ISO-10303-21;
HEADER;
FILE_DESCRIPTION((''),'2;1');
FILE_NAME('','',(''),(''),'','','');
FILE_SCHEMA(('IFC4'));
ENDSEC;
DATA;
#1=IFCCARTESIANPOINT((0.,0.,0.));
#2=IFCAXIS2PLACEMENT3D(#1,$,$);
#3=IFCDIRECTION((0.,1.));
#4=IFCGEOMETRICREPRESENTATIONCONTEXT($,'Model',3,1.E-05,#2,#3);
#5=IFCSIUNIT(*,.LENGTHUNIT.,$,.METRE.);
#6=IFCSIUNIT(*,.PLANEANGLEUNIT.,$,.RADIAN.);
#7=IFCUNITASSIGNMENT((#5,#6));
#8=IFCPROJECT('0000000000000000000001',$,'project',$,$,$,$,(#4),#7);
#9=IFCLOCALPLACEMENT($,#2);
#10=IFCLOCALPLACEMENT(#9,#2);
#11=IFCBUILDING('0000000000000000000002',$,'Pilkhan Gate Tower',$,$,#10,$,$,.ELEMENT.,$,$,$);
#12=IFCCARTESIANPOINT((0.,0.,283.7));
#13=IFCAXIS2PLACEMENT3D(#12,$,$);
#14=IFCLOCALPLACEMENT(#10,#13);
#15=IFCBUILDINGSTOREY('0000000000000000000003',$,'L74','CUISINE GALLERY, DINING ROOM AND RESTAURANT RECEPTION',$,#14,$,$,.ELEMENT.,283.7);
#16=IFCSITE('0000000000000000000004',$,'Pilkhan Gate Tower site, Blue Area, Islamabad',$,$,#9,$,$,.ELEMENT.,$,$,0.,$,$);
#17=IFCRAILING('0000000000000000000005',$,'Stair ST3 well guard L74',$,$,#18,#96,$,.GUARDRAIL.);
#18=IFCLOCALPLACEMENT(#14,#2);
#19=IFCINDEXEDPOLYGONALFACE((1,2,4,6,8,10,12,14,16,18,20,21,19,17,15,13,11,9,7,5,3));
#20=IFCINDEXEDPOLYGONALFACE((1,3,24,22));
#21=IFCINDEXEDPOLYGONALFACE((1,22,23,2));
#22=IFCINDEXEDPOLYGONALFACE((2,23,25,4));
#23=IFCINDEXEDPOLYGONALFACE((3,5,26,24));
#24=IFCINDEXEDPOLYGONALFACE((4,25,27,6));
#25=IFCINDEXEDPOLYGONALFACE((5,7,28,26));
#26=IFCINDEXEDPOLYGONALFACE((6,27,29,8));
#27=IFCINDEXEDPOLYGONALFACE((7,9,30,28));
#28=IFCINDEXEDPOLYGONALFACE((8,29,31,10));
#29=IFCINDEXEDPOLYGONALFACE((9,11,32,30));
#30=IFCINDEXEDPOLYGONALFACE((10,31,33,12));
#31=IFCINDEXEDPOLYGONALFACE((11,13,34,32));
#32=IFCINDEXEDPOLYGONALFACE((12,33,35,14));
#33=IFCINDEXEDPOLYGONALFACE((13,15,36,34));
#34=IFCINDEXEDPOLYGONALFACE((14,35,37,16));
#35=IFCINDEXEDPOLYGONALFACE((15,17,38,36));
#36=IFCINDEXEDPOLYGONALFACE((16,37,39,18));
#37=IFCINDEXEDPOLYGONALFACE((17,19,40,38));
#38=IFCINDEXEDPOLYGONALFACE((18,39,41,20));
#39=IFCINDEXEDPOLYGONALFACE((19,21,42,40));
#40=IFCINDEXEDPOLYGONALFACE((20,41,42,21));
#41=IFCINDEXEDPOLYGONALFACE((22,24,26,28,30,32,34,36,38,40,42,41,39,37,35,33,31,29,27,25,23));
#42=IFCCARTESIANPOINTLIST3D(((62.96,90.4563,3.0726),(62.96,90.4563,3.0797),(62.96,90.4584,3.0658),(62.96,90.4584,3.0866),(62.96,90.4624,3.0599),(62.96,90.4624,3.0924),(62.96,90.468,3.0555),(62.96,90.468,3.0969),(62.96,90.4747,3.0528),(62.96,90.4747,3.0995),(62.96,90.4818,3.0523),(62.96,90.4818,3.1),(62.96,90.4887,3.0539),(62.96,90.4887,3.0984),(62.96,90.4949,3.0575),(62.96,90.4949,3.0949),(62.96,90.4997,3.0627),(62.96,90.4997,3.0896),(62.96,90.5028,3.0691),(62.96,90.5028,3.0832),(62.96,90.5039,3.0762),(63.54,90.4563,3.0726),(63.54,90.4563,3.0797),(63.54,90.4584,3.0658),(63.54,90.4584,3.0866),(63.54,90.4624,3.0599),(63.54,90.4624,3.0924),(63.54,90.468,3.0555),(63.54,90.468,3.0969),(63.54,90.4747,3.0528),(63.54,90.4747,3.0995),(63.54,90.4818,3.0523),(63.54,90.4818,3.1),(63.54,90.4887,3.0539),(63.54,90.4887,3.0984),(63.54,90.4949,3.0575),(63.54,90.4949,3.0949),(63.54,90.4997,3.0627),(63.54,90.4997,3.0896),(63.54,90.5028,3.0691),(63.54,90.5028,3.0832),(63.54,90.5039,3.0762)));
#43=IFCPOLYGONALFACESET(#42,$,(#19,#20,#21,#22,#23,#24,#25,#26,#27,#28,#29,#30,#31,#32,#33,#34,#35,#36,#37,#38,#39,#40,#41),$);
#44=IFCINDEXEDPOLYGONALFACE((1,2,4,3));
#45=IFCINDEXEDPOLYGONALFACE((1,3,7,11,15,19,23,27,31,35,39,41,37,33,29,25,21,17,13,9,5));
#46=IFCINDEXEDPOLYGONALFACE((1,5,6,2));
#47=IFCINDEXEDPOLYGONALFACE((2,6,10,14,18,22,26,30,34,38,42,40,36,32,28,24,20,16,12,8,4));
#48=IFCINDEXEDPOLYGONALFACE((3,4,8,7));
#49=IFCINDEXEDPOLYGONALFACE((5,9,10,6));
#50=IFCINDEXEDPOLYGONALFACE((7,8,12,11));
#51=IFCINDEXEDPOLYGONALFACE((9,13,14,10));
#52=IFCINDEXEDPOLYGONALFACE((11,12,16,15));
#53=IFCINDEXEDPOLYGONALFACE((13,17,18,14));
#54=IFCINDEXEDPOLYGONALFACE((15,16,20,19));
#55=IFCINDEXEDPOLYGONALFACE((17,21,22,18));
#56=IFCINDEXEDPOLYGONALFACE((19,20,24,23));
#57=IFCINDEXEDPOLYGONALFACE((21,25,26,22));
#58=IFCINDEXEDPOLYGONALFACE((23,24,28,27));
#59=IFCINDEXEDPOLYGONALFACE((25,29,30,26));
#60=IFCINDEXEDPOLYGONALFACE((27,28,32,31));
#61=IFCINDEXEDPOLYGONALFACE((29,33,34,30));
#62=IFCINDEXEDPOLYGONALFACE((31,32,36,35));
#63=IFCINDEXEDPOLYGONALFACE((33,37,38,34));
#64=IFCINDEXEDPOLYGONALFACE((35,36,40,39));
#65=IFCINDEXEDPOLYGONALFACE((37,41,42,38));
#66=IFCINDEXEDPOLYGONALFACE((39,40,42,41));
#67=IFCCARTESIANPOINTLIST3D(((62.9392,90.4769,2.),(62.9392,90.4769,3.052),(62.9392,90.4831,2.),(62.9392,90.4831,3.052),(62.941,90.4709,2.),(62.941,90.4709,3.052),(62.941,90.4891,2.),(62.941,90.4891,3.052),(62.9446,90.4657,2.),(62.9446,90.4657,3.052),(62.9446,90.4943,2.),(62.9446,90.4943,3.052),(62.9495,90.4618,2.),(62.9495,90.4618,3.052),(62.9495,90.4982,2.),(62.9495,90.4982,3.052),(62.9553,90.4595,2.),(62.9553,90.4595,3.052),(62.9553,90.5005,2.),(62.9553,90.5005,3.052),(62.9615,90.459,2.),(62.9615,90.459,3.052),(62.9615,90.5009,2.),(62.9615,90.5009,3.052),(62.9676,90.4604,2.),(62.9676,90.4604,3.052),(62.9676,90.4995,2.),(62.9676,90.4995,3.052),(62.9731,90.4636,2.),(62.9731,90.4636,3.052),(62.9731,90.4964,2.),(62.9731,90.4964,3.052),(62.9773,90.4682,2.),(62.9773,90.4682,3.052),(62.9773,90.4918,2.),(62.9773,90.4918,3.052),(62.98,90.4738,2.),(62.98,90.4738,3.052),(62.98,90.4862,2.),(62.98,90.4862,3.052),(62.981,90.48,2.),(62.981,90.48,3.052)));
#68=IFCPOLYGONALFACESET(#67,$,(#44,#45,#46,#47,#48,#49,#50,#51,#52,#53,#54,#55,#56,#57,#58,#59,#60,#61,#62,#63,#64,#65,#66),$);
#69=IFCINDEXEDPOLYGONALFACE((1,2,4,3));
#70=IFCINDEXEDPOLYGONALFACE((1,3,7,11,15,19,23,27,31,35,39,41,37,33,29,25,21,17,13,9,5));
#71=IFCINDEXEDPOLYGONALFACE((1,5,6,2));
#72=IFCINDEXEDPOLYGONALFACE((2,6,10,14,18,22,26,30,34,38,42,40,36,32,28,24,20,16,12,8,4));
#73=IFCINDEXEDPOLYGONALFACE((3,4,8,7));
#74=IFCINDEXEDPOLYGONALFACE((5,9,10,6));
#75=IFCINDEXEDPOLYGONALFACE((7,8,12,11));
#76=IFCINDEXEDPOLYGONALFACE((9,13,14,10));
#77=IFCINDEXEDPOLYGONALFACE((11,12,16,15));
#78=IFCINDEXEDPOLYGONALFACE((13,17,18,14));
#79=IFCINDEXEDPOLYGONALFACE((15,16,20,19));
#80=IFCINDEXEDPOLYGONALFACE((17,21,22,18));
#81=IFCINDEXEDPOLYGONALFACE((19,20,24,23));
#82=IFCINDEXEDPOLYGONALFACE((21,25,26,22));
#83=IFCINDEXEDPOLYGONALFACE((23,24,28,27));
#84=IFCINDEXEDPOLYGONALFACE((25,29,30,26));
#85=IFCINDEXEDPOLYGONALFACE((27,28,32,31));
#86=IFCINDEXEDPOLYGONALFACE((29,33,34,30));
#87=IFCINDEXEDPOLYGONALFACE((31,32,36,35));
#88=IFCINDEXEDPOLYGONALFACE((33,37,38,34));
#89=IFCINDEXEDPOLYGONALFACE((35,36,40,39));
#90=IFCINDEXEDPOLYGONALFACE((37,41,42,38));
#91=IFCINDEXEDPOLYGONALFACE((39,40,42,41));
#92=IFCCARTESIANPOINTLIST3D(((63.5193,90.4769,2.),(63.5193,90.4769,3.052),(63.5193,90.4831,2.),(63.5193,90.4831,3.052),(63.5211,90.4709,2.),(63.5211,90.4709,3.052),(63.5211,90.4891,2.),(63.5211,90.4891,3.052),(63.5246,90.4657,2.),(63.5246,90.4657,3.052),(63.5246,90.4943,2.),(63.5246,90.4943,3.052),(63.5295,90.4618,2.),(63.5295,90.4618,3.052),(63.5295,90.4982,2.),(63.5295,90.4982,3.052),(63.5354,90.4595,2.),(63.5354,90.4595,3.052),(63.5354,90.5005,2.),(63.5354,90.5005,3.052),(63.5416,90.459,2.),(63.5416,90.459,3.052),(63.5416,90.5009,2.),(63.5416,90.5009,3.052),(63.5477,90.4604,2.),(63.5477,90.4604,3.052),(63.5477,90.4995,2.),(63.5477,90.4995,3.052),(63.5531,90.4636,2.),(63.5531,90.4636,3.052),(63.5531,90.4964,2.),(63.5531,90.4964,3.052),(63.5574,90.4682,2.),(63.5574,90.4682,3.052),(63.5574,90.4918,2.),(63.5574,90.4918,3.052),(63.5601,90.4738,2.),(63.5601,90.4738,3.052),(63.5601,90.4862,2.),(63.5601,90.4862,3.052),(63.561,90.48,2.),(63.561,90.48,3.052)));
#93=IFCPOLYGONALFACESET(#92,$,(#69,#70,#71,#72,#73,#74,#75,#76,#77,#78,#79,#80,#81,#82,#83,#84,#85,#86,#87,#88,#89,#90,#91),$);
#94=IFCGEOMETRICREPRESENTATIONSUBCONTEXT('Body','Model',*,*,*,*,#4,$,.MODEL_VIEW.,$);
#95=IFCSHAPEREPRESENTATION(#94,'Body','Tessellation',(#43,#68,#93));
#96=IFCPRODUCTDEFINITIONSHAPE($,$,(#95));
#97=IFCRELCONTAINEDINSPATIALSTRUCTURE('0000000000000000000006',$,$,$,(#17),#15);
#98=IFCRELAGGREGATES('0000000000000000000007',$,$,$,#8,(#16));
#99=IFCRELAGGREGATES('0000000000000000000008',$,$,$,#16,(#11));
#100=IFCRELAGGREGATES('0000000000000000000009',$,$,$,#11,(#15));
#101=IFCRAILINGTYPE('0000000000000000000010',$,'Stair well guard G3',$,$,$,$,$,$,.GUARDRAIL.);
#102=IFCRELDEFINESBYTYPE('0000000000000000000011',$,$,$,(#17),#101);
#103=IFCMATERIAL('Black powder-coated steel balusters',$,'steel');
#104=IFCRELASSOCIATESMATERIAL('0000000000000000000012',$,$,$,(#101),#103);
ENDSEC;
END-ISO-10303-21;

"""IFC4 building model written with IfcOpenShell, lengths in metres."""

from ifc_helpers import new_model, si_unit, direction, frame, origin, origin_2d, place, context, subcontext, project, spatial, circle, extrude, material, type_object, element, save


model = new_model("IFC4")

# Units and contexts
model_context = context("Model", 3, precision=1e-05, world=origin(), true_north=direction((0.0, 1.0)))
body_context = subcontext(model_context, "Body", "Model", "MODEL_VIEW")
ifc_project = project(units=[si_unit("LENGTHUNIT", "METRE"), si_unit("PLANEANGLEUNIT", "RADIAN")], contexts=[model_context])

# Site, building, storey
site_placement = place(None, origin())
site = spatial("IfcSite", under=ifc_project, at=site_placement, Name="Pilkhan Gate Tower site, Blue Area, Islamabad", CompositionType="ELEMENT", RefElevation=0.0)
building_placement = place(site_placement, origin())
building = spatial("IfcBuilding", under=site, at=building_placement, Name="Pilkhan Gate Tower", CompositionType="ELEMENT")
storey_placement = place(building_placement, frame((0.0, 0.0, 283.7)))
storey = spatial("IfcBuildingStorey", under=building, at=storey_placement, Name="L74", Description="CUISINE GALLERY, DINING ROOM AND RESTAURANT RECEPTION", CompositionType="ELEMENT", Elevation=283.7)

# Railing
ifc_material_1 = material(Name="Black powder-coated steel balusters", Category="steel")
railing_type_1 = type_object("IfcRailingType", Name="Stair well guard G3", PredefinedType="GUARDRAIL", material=ifc_material_1)
for number, where, name in (
    (1, (62.96, 90.48, 2.0), "Stair ST3 well guard L74"),
):
    element("IfcRailing", number, at=place(storey_placement, frame(where)), inside=storey, type_object=railing_type_1, Name=name, PredefinedType="GUARDRAIL", context=body_context, shape_type="SweptSolid", body=[
        extrude(circle(Radius=0.0239, at=origin_2d()), frame((0.0, 0.0, 1.0762), z_axis=(1.0, 0.0, 0.0), x_axis=(0.0, 1.0, 0.0)), (0.0, 0.0, 1.0), 0.5801),
        extrude(circle(Radius=0.021, at=origin_2d()), origin(), (0.0, 0.0, 1.0), 1.052),
        extrude(circle(Radius=0.021, at=origin_2d()), frame((0.5801, 0.0, 0.0)), (0.0, 0.0, 1.0), 1.052),
    ])

save(model, "model.ifc")
